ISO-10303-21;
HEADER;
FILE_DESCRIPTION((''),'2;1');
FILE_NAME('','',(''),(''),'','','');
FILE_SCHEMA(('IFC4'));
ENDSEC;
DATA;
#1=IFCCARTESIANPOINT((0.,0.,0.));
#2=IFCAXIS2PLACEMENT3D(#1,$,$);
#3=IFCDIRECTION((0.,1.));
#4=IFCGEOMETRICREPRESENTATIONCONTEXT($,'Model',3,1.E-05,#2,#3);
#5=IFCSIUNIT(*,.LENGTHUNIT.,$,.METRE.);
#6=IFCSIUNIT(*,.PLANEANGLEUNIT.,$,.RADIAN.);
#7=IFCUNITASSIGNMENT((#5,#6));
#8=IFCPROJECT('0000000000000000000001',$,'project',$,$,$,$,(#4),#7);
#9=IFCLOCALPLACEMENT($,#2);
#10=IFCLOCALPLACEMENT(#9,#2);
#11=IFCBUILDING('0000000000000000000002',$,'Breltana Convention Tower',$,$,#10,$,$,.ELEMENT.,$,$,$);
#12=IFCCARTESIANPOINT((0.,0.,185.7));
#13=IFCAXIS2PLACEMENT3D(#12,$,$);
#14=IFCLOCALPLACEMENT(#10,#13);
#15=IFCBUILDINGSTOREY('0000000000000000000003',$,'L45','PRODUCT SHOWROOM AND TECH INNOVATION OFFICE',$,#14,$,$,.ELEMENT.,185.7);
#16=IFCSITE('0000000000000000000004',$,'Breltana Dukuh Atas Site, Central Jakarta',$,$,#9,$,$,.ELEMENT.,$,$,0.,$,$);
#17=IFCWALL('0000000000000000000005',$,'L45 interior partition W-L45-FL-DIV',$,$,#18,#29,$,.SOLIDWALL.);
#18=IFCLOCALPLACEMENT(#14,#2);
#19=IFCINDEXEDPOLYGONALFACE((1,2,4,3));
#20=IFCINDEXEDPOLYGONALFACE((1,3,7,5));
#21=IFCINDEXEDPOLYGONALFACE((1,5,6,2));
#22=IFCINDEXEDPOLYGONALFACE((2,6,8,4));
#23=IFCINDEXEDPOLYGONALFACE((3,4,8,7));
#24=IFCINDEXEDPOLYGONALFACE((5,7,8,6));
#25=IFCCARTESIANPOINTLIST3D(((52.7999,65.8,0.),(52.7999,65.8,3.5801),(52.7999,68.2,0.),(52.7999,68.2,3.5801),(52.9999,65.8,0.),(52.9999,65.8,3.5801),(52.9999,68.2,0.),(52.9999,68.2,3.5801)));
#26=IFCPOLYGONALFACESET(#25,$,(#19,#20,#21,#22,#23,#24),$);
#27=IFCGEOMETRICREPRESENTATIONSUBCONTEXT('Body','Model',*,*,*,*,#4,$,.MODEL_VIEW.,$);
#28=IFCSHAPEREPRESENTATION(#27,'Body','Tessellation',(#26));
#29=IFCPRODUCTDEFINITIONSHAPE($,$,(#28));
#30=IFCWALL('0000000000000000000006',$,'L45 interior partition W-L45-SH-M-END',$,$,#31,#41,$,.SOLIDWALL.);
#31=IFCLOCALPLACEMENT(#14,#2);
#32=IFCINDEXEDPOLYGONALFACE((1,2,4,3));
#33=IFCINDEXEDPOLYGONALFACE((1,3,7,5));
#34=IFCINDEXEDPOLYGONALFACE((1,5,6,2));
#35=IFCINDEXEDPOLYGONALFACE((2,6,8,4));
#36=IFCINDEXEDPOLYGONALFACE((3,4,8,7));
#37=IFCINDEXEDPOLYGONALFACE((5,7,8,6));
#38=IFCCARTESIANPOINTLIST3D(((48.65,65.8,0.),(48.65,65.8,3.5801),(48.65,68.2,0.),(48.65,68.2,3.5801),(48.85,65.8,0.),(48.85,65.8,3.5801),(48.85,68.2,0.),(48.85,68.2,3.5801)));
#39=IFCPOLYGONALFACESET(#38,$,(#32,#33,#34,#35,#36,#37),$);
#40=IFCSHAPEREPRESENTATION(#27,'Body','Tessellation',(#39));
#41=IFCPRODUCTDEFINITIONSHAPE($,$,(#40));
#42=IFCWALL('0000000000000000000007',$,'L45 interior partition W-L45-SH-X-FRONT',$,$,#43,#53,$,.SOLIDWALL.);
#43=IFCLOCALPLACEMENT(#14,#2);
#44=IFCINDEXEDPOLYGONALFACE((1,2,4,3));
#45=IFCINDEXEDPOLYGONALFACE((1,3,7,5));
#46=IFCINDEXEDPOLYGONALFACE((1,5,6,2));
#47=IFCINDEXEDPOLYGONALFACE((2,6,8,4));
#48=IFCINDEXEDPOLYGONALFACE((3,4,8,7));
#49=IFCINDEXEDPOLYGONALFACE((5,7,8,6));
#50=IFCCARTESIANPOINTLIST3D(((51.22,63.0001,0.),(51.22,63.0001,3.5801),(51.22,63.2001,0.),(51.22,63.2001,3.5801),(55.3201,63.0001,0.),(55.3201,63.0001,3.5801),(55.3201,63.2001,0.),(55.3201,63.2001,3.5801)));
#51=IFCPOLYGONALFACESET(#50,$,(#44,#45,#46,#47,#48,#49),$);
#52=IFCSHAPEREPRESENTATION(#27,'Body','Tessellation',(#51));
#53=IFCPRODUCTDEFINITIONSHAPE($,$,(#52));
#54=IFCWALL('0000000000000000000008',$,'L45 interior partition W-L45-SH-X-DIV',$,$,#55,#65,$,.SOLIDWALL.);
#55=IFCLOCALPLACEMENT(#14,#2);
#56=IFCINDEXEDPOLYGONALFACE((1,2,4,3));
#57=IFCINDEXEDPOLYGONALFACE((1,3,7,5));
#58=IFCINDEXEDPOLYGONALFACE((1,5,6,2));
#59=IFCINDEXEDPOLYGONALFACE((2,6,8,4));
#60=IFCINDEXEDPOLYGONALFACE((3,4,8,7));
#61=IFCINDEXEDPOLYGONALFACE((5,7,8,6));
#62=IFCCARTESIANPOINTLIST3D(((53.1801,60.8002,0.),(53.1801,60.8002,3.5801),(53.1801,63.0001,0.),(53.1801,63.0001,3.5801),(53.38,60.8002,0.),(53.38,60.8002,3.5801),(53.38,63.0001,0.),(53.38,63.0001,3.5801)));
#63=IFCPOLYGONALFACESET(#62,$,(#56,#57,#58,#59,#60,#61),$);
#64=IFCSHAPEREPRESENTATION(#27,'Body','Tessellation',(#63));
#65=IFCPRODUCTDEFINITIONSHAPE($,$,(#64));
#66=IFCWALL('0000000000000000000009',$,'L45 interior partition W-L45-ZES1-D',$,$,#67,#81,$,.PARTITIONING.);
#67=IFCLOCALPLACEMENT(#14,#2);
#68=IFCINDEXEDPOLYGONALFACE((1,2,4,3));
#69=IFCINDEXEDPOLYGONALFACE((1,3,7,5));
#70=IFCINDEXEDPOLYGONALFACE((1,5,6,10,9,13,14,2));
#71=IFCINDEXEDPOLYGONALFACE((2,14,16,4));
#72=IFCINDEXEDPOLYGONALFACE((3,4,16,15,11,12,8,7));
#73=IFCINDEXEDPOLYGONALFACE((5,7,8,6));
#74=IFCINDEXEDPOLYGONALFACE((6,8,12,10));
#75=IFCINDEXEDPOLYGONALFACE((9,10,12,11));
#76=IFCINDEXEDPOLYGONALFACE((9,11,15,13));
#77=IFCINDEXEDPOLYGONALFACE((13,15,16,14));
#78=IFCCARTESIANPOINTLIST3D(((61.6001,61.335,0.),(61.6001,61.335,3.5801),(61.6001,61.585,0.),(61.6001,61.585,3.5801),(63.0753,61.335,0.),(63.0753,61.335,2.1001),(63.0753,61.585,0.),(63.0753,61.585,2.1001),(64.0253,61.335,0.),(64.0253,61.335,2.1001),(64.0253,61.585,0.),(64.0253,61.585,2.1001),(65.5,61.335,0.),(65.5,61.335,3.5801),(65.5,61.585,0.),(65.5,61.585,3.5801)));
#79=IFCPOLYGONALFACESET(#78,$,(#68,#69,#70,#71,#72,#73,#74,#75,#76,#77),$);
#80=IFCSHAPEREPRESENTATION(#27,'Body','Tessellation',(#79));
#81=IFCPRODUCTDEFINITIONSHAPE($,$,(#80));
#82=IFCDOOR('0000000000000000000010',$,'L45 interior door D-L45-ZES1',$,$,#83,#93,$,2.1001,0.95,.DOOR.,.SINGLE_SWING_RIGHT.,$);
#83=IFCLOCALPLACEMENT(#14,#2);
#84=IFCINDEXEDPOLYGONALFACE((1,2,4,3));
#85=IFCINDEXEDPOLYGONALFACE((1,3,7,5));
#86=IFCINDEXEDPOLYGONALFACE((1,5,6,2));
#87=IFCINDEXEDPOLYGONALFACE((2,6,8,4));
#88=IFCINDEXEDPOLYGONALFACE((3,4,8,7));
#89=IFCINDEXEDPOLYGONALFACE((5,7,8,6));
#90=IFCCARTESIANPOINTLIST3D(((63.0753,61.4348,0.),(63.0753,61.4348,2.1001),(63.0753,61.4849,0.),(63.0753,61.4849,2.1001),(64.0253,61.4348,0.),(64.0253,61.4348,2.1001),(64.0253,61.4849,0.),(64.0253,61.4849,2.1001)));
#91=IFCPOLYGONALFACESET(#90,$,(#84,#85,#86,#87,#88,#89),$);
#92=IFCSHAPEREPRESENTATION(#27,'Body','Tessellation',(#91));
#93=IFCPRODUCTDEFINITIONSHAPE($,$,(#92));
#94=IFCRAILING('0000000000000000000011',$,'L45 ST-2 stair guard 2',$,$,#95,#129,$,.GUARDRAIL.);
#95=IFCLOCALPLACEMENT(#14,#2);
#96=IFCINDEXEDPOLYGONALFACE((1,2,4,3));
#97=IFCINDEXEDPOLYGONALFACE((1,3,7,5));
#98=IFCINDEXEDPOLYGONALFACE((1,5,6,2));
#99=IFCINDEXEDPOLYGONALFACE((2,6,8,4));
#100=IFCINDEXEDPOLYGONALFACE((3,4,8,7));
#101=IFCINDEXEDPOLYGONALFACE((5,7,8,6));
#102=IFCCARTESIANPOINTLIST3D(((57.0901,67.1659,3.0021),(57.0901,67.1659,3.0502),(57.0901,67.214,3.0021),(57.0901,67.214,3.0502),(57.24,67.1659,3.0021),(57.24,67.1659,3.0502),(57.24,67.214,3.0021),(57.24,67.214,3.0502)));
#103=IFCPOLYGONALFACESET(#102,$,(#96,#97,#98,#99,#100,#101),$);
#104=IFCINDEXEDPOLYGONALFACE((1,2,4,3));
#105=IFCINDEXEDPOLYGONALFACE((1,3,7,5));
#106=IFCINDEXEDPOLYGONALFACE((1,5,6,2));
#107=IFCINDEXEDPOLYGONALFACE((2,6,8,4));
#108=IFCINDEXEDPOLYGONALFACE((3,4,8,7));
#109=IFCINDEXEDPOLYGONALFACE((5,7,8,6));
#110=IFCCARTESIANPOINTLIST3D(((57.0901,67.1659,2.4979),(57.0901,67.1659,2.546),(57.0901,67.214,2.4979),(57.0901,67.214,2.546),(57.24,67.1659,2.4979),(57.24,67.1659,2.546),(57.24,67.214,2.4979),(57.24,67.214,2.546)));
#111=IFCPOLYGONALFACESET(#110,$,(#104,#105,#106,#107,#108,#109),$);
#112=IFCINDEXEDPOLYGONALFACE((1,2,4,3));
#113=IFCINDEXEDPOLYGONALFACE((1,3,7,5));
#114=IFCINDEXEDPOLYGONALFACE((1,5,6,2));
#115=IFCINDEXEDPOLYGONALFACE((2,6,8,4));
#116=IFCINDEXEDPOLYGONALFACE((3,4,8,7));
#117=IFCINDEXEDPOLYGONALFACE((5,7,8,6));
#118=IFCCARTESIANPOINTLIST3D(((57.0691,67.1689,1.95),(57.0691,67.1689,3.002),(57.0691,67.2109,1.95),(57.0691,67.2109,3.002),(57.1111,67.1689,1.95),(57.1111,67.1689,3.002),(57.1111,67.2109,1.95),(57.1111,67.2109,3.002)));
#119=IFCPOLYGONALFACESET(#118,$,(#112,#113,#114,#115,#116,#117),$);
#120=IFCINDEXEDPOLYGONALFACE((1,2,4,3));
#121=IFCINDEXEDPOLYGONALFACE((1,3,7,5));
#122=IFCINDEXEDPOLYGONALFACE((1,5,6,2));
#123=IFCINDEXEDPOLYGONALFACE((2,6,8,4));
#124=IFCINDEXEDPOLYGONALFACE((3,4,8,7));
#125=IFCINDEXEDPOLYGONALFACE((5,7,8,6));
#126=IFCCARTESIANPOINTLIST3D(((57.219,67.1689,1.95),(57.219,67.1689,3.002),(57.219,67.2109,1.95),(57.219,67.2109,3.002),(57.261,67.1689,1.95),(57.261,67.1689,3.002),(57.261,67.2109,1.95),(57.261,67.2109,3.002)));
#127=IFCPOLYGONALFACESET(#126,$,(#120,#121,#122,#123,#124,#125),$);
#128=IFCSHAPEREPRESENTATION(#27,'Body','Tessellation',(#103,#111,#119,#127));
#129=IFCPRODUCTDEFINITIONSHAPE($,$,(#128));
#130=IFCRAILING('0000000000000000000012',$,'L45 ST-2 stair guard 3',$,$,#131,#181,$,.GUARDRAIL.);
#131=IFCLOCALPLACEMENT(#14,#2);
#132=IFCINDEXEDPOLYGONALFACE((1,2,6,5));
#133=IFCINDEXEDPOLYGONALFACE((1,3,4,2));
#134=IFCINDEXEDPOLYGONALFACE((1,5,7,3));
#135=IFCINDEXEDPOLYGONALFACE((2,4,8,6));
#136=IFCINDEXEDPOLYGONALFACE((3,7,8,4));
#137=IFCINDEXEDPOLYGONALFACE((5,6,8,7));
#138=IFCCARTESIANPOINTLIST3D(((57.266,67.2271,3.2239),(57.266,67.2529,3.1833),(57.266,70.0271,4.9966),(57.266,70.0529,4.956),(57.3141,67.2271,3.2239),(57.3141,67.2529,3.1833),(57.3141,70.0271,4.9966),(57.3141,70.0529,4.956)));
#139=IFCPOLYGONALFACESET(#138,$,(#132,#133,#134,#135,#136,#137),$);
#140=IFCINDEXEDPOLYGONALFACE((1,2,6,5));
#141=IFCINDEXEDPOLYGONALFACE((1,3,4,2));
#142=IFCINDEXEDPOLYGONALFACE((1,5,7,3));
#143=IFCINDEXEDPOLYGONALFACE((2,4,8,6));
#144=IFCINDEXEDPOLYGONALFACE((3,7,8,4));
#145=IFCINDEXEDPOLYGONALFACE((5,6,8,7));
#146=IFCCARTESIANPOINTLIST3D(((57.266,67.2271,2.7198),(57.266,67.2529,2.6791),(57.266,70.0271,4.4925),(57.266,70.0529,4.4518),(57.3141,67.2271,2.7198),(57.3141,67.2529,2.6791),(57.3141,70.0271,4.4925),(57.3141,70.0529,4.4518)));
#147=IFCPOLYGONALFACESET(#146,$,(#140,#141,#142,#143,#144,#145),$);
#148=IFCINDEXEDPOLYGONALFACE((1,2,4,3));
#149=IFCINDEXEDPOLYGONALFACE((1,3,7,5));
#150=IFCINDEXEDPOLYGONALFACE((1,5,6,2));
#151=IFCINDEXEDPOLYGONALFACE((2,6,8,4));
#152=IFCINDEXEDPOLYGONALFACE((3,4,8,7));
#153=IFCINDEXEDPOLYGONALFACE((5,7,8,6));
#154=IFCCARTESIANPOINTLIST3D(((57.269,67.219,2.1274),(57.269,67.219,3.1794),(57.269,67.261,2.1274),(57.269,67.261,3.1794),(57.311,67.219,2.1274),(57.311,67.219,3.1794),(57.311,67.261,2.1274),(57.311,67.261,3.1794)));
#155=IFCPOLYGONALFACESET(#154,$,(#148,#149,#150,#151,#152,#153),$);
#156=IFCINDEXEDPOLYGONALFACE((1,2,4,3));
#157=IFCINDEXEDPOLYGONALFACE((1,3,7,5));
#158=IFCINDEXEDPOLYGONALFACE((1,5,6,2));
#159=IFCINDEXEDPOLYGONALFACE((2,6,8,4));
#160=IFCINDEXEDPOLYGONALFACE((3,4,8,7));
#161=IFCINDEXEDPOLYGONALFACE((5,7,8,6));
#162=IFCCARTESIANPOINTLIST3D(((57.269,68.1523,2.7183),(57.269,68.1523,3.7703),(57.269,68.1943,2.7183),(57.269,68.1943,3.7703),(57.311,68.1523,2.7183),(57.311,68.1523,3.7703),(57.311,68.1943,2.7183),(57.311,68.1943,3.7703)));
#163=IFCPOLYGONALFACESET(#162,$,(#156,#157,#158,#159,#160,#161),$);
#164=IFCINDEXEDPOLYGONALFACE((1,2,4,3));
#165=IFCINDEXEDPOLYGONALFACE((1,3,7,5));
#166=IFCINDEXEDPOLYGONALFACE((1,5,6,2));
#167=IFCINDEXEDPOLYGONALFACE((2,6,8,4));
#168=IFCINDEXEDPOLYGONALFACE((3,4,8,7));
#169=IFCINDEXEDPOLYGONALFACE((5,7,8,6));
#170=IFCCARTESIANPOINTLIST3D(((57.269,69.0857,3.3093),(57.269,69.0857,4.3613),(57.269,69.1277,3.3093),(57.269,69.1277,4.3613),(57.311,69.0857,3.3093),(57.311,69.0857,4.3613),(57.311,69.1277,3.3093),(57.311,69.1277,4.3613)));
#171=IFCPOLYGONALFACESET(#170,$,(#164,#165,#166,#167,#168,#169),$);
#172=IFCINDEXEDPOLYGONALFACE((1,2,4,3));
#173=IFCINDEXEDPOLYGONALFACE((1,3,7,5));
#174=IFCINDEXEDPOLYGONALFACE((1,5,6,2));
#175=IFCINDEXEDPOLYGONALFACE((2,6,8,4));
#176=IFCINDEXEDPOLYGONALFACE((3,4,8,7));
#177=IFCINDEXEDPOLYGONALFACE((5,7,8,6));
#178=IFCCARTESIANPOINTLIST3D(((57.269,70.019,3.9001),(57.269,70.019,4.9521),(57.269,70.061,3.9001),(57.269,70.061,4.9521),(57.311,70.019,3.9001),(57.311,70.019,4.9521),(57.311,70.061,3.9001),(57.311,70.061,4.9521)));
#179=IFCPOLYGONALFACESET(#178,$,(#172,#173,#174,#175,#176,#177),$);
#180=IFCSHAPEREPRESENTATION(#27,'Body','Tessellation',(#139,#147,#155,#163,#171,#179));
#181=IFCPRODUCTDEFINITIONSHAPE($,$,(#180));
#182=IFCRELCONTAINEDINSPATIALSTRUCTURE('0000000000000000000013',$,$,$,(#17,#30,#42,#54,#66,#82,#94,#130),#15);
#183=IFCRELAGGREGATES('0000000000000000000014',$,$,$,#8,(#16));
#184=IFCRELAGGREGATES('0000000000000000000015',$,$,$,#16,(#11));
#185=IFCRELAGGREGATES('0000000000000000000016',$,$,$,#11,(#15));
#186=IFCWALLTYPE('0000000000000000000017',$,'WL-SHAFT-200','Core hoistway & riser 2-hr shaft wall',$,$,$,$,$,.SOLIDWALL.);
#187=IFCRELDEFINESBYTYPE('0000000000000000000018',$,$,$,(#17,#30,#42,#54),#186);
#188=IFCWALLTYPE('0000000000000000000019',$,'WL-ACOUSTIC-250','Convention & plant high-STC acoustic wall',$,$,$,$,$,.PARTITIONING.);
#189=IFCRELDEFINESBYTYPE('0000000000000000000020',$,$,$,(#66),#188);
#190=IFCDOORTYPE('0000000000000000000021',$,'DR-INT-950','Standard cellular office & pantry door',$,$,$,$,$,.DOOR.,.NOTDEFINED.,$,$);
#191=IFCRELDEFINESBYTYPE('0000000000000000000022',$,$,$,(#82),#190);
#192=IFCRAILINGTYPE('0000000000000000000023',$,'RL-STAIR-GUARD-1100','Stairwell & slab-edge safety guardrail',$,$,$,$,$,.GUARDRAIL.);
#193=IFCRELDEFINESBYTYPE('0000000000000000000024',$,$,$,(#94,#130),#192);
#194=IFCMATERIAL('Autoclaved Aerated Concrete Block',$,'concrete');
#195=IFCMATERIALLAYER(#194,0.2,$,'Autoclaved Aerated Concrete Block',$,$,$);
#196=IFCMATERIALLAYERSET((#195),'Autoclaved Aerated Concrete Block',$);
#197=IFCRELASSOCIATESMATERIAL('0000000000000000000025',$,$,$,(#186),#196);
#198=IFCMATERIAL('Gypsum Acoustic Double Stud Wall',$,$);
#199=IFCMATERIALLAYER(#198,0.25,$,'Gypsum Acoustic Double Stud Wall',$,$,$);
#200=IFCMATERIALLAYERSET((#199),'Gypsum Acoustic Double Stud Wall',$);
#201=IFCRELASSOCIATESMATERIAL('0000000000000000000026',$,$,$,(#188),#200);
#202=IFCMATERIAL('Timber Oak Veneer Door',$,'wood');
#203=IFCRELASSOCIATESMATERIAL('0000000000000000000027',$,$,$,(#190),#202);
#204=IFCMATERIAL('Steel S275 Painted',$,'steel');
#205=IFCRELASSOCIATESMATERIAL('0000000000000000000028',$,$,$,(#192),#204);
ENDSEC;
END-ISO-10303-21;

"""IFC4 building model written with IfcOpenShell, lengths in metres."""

from ifc_helpers import new_model, si_unit, direction, frame, frame_2d, origin, origin_2d, place, context, subcontext, project, spatial, rectangle, extrude, source, transform, mapped, material, layer, layer_set, type_object, type_shapes, element, fill, save


model = new_model("IFC4")

# Units and contexts
model_context = context("Model", 3, precision=1e-05, world=origin(), true_north=direction((0.0, 1.0)))
body_context = subcontext(model_context, "Body", "Model", "MODEL_VIEW")
ifc_project = project(units=[si_unit("LENGTHUNIT", "METRE"), si_unit("PLANEANGLEUNIT", "RADIAN")], contexts=[model_context])

# Site, building, storey
site_placement = place(None, origin())
site = spatial("IfcSite", under=ifc_project, at=site_placement, Name="Breltana Dukuh Atas Site, Central Jakarta", CompositionType="ELEMENT", RefElevation=0.0)
building_placement = place(site_placement, origin())
building = spatial("IfcBuilding", under=site, at=building_placement, Name="Breltana Convention Tower", CompositionType="ELEMENT")
storey_placement = place(building_placement, frame((0.0, 0.0, 185.7)))
storey = spatial("IfcBuildingStorey", under=building, at=storey_placement, Name="L45", Description="PRODUCT SHOWROOM AND TECH INNOVATION OFFICE", CompositionType="ELEMENT", Elevation=185.7)

# Walls
ifc_material_1 = material(Name="Autoclaved Aerated Concrete Block", Category="concrete")
ifc_layer_1 = layer(ifc_material_1, 0.2, Name="Autoclaved Aerated Concrete Block")
ifc_layer_set_1 = layer_set([ifc_layer_1], Name="Autoclaved Aerated Concrete Block")
wall_type_1 = type_object("IfcWallType", Name="WL-SHAFT-200", Description="Core hoistway & riser 2-hr shaft wall", PredefinedType="SOLIDWALL", material=ifc_layer_set_1)
shared_shape_1 = source(origin(), body_context, "Body", "SweptSolid", [
    extrude(rectangle(XDim=2.3999, YDim=0.2, at=frame_2d((1.2, 0.0))), origin(), (0.0, 0.0, 1.0), 3.5801),
])
for number, where, z_axis, x_axis, name in (
    (1, (52.8999, 65.8, 0.0), (0.0, 0.0, 1.0), (0.0, 1.0, 0.0), "L45 interior partition W-L45-FL-DIV"),
    (2, (48.75, 65.8, 0.0), (0.0, 0.0, 1.0), (0.0, 1.0, 0.0), "L45 interior partition W-L45-SH-M-END"),
):
    element("IfcWall", number, at=place(storey_placement, frame(where, z_axis=z_axis, x_axis=x_axis)), inside=storey, type_object=wall_type_1, Name=name, PredefinedType="SOLIDWALL", context=body_context, shape_type="MappedRepresentation", body=[
        mapped(shared_shape_1, transform((0.0, 0.0, 0.0), scale=1.0)),
    ])
shared_shape_2 = source(origin(), body_context, "Body", "SweptSolid", [
    extrude(rectangle(XDim=4.1001, YDim=0.2, at=frame_2d((2.05, 0.0))), origin(), (0.0, 0.0, 1.0), 3.5801),
])
wall_1_placement = place(storey_placement, frame((51.22, 63.1001, 0.0), z_axis=(0.0, 0.0, 1.0), x_axis=(1.0, 0.0, 0.0)))
element("IfcWall", 3, at=wall_1_placement, inside=storey, type_object=wall_type_1, Name="L45 interior partition W-L45-SH-X-FRONT", PredefinedType="SOLIDWALL", context=body_context, shape_type="MappedRepresentation", body=[
    mapped(shared_shape_2, transform((0.0, 0.0, 0.0), scale=1.0)),
])
shared_shape_3 = source(origin(), body_context, "Body", "SweptSolid", [
    extrude(rectangle(XDim=2.2, YDim=0.2, at=frame_2d((1.1001, 0.0))), origin(), (0.0, 0.0, 1.0), 3.5801),
])
wall_2_placement = place(storey_placement, frame((53.28, 60.8, 0.0), z_axis=(0.0, 0.0, 1.0), x_axis=(0.0, 1.0, 0.0)))
element("IfcWall", 4, at=wall_2_placement, inside=storey, type_object=wall_type_1, Name="L45 interior partition W-L45-SH-X-DIV", PredefinedType="SOLIDWALL", context=body_context, shape_type="MappedRepresentation", body=[
    mapped(shared_shape_3, transform((0.0, 0.0, 0.0), scale=1.0)),
])

# Wall, opening, door
ifc_material_2 = material(Name="Gypsum Acoustic Double Stud Wall")
ifc_layer_2 = layer(ifc_material_2, 0.25, Name="Gypsum Acoustic Double Stud Wall")
ifc_layer_set_2 = layer_set([ifc_layer_2], Name="Gypsum Acoustic Double Stud Wall")
wall_type_2 = type_object("IfcWallType", Name="WL-ACOUSTIC-250", Description="Convention & plant high-STC acoustic wall", PredefinedType="PARTITIONING", material=ifc_layer_set_2)
shared_shape_4 = source(origin(), body_context, "Body", "SweptSolid", [
    extrude(rectangle(XDim=3.8999, YDim=0.25, at=frame_2d((1.95, 0.0))), origin(), (0.0, 0.0, 1.0), 3.5801),
])
wall_3_placement = place(storey_placement, frame((61.6001, 61.46, 0.0), z_axis=(0.0, 0.0, 1.0), x_axis=(1.0, 0.0, 0.0)))
wall_3 = element("IfcWall", 5, at=wall_3_placement, inside=storey, type_object=wall_type_2, Name="L45 interior partition W-L45-ZES1-D", PredefinedType="PARTITIONING", context=body_context, shape_type="MappedRepresentation", body=[
    mapped(shared_shape_4, transform((0.0, 0.0, 0.0), scale=1.0)),
])
opening_1_placement = place(wall_3_placement, frame((1.4751, 0.0, 0.0)))
opening_1 = element("IfcOpeningElement", 6, at=opening_1_placement, cuts=wall_3, PredefinedType="OPENING", context=body_context, shape_type="SweptSolid", body=[
    extrude(rectangle(XDim=0.95, YDim=2.1001, at=frame_2d((0.4751, 1.05))), frame((0.0, 0.135, 0.0), z_axis=(0.0, -1.0, 0.0), x_axis=(1.0, 0.0, 0.0)), (0.0, 0.0, 1.0), 0.27),
])
ifc_material_3 = material(Name="Timber Oak Veneer Door", Category="wood")
door_type_1 = type_object("IfcDoorType", Name="DR-INT-950", Description="Standard cellular office & pantry door", OperationType="NOTDEFINED", PredefinedType="DOOR", material=ifc_material_3)
shared_shape_5 = source(origin(), body_context, "Body", "SweptSolid", [
    extrude(rectangle(XDim=0.95, YDim=2.1001, at=frame_2d((0.4751, 1.05))), frame((0.0, 0.0249, 0.0), z_axis=(0.0, -1.0, 0.0), x_axis=(1.0, 0.0, 0.0)), (0.0, 0.0, 1.0), 0.05),
])
type_shapes(door_type_1, [shared_shape_5])
door_1_placement = place(opening_1_placement, origin())
door_1 = element("IfcDoor", 7, at=door_1_placement, inside=storey, type_object=door_type_1, Name="L45 interior door D-L45-ZES1", OperationType="SINGLE_SWING_RIGHT", OverallHeight=2.1001, OverallWidth=0.95, PredefinedType="DOOR", context=body_context, shape_type="MappedRepresentation", body=[
    mapped(shared_shape_5, transform((0.0, 0.0, 0.0), scale=1.0)),
])
fill(opening_1, door_1)

# Railings
ifc_material_4 = material(Name="Steel S275 Painted", Category="steel")
railing_type = type_object("IfcRailingType", Name="RL-STAIR-GUARD-1100", Description="Stairwell & slab-edge safety guardrail", PredefinedType="GUARDRAIL", material=ifc_material_4)
railing_1_placement = place(storey_placement, frame((57.0901, 67.1899, 1.95)))
element("IfcRailing", 8, at=railing_1_placement, inside=storey, type_object=railing_type, Name="L45 ST-2 stair guard 2", PredefinedType="GUARDRAIL", context=body_context, shape_type="SweptSolid", body=[
    extrude(rectangle(XDim=0.0481, YDim=0.0481, at=origin_2d()), frame((0.0, 0.0, 1.0762), z_axis=(1.0, 0.0, 0.0), x_axis=(0.0, 1.0, 0.0)), (0.0, 0.0, 1.0), 0.1499),
    extrude(rectangle(XDim=0.0481, YDim=0.0481, at=origin_2d()), frame((0.0, 0.0, 0.572), z_axis=(1.0, 0.0, 0.0), x_axis=(0.0, 1.0, 0.0)), (0.0, 0.0, 1.0), 0.1499),
    extrude(rectangle(XDim=0.042, YDim=0.042, at=origin_2d()), origin(), (0.0, 0.0, 1.0), 1.052),
    extrude(rectangle(XDim=0.042, YDim=0.042, at=origin_2d()), frame((0.1499, 0.0, 0.0)), (0.0, 0.0, 1.0), 1.052),
])
railing_2_placement = place(storey_placement, frame((57.29, 67.24, 2.1274)))
element("IfcRailing", 9, at=railing_2_placement, inside=storey, type_object=railing_type, Name="L45 ST-2 stair guard 3", PredefinedType="GUARDRAIL", context=body_context, shape_type="SweptSolid", body=[
    extrude(rectangle(XDim=0.0481, YDim=0.0481, at=origin_2d()), frame((0.0, 0.0, 1.0762), z_axis=(0.0, 0.844909, 0.53491), x_axis=(-1.0, 0.0, 0.0)), (0.0, 0.0, 1.0), 3.314),
    extrude(rectangle(XDim=0.0481, YDim=0.0481, at=origin_2d()), frame((0.0, 0.0, 0.572), z_axis=(0.0, 0.844909, 0.53491), x_axis=(-1.0, 0.0, 0.0)), (0.0, 0.0, 1.0), 3.314),
    extrude(rectangle(XDim=0.042, YDim=0.042, at=origin_2d()), origin(), (0.0, 0.0, 1.0), 1.052),
    extrude(rectangle(XDim=0.042, YDim=0.042, at=origin_2d()), frame((0.0, 0.9333, 0.5908)), (0.0, 0.0, 1.0), 1.052),
    extrude(rectangle(XDim=0.042, YDim=0.042, at=origin_2d()), frame((0.0, 1.8667, 1.1819)), (0.0, 0.0, 1.0), 1.052),
    extrude(rectangle(XDim=0.042, YDim=0.042, at=origin_2d()), frame((0.0, 2.8, 1.7727)), (0.0, 0.0, 1.0), 1.052),
])

save(model, "model.ifc")
